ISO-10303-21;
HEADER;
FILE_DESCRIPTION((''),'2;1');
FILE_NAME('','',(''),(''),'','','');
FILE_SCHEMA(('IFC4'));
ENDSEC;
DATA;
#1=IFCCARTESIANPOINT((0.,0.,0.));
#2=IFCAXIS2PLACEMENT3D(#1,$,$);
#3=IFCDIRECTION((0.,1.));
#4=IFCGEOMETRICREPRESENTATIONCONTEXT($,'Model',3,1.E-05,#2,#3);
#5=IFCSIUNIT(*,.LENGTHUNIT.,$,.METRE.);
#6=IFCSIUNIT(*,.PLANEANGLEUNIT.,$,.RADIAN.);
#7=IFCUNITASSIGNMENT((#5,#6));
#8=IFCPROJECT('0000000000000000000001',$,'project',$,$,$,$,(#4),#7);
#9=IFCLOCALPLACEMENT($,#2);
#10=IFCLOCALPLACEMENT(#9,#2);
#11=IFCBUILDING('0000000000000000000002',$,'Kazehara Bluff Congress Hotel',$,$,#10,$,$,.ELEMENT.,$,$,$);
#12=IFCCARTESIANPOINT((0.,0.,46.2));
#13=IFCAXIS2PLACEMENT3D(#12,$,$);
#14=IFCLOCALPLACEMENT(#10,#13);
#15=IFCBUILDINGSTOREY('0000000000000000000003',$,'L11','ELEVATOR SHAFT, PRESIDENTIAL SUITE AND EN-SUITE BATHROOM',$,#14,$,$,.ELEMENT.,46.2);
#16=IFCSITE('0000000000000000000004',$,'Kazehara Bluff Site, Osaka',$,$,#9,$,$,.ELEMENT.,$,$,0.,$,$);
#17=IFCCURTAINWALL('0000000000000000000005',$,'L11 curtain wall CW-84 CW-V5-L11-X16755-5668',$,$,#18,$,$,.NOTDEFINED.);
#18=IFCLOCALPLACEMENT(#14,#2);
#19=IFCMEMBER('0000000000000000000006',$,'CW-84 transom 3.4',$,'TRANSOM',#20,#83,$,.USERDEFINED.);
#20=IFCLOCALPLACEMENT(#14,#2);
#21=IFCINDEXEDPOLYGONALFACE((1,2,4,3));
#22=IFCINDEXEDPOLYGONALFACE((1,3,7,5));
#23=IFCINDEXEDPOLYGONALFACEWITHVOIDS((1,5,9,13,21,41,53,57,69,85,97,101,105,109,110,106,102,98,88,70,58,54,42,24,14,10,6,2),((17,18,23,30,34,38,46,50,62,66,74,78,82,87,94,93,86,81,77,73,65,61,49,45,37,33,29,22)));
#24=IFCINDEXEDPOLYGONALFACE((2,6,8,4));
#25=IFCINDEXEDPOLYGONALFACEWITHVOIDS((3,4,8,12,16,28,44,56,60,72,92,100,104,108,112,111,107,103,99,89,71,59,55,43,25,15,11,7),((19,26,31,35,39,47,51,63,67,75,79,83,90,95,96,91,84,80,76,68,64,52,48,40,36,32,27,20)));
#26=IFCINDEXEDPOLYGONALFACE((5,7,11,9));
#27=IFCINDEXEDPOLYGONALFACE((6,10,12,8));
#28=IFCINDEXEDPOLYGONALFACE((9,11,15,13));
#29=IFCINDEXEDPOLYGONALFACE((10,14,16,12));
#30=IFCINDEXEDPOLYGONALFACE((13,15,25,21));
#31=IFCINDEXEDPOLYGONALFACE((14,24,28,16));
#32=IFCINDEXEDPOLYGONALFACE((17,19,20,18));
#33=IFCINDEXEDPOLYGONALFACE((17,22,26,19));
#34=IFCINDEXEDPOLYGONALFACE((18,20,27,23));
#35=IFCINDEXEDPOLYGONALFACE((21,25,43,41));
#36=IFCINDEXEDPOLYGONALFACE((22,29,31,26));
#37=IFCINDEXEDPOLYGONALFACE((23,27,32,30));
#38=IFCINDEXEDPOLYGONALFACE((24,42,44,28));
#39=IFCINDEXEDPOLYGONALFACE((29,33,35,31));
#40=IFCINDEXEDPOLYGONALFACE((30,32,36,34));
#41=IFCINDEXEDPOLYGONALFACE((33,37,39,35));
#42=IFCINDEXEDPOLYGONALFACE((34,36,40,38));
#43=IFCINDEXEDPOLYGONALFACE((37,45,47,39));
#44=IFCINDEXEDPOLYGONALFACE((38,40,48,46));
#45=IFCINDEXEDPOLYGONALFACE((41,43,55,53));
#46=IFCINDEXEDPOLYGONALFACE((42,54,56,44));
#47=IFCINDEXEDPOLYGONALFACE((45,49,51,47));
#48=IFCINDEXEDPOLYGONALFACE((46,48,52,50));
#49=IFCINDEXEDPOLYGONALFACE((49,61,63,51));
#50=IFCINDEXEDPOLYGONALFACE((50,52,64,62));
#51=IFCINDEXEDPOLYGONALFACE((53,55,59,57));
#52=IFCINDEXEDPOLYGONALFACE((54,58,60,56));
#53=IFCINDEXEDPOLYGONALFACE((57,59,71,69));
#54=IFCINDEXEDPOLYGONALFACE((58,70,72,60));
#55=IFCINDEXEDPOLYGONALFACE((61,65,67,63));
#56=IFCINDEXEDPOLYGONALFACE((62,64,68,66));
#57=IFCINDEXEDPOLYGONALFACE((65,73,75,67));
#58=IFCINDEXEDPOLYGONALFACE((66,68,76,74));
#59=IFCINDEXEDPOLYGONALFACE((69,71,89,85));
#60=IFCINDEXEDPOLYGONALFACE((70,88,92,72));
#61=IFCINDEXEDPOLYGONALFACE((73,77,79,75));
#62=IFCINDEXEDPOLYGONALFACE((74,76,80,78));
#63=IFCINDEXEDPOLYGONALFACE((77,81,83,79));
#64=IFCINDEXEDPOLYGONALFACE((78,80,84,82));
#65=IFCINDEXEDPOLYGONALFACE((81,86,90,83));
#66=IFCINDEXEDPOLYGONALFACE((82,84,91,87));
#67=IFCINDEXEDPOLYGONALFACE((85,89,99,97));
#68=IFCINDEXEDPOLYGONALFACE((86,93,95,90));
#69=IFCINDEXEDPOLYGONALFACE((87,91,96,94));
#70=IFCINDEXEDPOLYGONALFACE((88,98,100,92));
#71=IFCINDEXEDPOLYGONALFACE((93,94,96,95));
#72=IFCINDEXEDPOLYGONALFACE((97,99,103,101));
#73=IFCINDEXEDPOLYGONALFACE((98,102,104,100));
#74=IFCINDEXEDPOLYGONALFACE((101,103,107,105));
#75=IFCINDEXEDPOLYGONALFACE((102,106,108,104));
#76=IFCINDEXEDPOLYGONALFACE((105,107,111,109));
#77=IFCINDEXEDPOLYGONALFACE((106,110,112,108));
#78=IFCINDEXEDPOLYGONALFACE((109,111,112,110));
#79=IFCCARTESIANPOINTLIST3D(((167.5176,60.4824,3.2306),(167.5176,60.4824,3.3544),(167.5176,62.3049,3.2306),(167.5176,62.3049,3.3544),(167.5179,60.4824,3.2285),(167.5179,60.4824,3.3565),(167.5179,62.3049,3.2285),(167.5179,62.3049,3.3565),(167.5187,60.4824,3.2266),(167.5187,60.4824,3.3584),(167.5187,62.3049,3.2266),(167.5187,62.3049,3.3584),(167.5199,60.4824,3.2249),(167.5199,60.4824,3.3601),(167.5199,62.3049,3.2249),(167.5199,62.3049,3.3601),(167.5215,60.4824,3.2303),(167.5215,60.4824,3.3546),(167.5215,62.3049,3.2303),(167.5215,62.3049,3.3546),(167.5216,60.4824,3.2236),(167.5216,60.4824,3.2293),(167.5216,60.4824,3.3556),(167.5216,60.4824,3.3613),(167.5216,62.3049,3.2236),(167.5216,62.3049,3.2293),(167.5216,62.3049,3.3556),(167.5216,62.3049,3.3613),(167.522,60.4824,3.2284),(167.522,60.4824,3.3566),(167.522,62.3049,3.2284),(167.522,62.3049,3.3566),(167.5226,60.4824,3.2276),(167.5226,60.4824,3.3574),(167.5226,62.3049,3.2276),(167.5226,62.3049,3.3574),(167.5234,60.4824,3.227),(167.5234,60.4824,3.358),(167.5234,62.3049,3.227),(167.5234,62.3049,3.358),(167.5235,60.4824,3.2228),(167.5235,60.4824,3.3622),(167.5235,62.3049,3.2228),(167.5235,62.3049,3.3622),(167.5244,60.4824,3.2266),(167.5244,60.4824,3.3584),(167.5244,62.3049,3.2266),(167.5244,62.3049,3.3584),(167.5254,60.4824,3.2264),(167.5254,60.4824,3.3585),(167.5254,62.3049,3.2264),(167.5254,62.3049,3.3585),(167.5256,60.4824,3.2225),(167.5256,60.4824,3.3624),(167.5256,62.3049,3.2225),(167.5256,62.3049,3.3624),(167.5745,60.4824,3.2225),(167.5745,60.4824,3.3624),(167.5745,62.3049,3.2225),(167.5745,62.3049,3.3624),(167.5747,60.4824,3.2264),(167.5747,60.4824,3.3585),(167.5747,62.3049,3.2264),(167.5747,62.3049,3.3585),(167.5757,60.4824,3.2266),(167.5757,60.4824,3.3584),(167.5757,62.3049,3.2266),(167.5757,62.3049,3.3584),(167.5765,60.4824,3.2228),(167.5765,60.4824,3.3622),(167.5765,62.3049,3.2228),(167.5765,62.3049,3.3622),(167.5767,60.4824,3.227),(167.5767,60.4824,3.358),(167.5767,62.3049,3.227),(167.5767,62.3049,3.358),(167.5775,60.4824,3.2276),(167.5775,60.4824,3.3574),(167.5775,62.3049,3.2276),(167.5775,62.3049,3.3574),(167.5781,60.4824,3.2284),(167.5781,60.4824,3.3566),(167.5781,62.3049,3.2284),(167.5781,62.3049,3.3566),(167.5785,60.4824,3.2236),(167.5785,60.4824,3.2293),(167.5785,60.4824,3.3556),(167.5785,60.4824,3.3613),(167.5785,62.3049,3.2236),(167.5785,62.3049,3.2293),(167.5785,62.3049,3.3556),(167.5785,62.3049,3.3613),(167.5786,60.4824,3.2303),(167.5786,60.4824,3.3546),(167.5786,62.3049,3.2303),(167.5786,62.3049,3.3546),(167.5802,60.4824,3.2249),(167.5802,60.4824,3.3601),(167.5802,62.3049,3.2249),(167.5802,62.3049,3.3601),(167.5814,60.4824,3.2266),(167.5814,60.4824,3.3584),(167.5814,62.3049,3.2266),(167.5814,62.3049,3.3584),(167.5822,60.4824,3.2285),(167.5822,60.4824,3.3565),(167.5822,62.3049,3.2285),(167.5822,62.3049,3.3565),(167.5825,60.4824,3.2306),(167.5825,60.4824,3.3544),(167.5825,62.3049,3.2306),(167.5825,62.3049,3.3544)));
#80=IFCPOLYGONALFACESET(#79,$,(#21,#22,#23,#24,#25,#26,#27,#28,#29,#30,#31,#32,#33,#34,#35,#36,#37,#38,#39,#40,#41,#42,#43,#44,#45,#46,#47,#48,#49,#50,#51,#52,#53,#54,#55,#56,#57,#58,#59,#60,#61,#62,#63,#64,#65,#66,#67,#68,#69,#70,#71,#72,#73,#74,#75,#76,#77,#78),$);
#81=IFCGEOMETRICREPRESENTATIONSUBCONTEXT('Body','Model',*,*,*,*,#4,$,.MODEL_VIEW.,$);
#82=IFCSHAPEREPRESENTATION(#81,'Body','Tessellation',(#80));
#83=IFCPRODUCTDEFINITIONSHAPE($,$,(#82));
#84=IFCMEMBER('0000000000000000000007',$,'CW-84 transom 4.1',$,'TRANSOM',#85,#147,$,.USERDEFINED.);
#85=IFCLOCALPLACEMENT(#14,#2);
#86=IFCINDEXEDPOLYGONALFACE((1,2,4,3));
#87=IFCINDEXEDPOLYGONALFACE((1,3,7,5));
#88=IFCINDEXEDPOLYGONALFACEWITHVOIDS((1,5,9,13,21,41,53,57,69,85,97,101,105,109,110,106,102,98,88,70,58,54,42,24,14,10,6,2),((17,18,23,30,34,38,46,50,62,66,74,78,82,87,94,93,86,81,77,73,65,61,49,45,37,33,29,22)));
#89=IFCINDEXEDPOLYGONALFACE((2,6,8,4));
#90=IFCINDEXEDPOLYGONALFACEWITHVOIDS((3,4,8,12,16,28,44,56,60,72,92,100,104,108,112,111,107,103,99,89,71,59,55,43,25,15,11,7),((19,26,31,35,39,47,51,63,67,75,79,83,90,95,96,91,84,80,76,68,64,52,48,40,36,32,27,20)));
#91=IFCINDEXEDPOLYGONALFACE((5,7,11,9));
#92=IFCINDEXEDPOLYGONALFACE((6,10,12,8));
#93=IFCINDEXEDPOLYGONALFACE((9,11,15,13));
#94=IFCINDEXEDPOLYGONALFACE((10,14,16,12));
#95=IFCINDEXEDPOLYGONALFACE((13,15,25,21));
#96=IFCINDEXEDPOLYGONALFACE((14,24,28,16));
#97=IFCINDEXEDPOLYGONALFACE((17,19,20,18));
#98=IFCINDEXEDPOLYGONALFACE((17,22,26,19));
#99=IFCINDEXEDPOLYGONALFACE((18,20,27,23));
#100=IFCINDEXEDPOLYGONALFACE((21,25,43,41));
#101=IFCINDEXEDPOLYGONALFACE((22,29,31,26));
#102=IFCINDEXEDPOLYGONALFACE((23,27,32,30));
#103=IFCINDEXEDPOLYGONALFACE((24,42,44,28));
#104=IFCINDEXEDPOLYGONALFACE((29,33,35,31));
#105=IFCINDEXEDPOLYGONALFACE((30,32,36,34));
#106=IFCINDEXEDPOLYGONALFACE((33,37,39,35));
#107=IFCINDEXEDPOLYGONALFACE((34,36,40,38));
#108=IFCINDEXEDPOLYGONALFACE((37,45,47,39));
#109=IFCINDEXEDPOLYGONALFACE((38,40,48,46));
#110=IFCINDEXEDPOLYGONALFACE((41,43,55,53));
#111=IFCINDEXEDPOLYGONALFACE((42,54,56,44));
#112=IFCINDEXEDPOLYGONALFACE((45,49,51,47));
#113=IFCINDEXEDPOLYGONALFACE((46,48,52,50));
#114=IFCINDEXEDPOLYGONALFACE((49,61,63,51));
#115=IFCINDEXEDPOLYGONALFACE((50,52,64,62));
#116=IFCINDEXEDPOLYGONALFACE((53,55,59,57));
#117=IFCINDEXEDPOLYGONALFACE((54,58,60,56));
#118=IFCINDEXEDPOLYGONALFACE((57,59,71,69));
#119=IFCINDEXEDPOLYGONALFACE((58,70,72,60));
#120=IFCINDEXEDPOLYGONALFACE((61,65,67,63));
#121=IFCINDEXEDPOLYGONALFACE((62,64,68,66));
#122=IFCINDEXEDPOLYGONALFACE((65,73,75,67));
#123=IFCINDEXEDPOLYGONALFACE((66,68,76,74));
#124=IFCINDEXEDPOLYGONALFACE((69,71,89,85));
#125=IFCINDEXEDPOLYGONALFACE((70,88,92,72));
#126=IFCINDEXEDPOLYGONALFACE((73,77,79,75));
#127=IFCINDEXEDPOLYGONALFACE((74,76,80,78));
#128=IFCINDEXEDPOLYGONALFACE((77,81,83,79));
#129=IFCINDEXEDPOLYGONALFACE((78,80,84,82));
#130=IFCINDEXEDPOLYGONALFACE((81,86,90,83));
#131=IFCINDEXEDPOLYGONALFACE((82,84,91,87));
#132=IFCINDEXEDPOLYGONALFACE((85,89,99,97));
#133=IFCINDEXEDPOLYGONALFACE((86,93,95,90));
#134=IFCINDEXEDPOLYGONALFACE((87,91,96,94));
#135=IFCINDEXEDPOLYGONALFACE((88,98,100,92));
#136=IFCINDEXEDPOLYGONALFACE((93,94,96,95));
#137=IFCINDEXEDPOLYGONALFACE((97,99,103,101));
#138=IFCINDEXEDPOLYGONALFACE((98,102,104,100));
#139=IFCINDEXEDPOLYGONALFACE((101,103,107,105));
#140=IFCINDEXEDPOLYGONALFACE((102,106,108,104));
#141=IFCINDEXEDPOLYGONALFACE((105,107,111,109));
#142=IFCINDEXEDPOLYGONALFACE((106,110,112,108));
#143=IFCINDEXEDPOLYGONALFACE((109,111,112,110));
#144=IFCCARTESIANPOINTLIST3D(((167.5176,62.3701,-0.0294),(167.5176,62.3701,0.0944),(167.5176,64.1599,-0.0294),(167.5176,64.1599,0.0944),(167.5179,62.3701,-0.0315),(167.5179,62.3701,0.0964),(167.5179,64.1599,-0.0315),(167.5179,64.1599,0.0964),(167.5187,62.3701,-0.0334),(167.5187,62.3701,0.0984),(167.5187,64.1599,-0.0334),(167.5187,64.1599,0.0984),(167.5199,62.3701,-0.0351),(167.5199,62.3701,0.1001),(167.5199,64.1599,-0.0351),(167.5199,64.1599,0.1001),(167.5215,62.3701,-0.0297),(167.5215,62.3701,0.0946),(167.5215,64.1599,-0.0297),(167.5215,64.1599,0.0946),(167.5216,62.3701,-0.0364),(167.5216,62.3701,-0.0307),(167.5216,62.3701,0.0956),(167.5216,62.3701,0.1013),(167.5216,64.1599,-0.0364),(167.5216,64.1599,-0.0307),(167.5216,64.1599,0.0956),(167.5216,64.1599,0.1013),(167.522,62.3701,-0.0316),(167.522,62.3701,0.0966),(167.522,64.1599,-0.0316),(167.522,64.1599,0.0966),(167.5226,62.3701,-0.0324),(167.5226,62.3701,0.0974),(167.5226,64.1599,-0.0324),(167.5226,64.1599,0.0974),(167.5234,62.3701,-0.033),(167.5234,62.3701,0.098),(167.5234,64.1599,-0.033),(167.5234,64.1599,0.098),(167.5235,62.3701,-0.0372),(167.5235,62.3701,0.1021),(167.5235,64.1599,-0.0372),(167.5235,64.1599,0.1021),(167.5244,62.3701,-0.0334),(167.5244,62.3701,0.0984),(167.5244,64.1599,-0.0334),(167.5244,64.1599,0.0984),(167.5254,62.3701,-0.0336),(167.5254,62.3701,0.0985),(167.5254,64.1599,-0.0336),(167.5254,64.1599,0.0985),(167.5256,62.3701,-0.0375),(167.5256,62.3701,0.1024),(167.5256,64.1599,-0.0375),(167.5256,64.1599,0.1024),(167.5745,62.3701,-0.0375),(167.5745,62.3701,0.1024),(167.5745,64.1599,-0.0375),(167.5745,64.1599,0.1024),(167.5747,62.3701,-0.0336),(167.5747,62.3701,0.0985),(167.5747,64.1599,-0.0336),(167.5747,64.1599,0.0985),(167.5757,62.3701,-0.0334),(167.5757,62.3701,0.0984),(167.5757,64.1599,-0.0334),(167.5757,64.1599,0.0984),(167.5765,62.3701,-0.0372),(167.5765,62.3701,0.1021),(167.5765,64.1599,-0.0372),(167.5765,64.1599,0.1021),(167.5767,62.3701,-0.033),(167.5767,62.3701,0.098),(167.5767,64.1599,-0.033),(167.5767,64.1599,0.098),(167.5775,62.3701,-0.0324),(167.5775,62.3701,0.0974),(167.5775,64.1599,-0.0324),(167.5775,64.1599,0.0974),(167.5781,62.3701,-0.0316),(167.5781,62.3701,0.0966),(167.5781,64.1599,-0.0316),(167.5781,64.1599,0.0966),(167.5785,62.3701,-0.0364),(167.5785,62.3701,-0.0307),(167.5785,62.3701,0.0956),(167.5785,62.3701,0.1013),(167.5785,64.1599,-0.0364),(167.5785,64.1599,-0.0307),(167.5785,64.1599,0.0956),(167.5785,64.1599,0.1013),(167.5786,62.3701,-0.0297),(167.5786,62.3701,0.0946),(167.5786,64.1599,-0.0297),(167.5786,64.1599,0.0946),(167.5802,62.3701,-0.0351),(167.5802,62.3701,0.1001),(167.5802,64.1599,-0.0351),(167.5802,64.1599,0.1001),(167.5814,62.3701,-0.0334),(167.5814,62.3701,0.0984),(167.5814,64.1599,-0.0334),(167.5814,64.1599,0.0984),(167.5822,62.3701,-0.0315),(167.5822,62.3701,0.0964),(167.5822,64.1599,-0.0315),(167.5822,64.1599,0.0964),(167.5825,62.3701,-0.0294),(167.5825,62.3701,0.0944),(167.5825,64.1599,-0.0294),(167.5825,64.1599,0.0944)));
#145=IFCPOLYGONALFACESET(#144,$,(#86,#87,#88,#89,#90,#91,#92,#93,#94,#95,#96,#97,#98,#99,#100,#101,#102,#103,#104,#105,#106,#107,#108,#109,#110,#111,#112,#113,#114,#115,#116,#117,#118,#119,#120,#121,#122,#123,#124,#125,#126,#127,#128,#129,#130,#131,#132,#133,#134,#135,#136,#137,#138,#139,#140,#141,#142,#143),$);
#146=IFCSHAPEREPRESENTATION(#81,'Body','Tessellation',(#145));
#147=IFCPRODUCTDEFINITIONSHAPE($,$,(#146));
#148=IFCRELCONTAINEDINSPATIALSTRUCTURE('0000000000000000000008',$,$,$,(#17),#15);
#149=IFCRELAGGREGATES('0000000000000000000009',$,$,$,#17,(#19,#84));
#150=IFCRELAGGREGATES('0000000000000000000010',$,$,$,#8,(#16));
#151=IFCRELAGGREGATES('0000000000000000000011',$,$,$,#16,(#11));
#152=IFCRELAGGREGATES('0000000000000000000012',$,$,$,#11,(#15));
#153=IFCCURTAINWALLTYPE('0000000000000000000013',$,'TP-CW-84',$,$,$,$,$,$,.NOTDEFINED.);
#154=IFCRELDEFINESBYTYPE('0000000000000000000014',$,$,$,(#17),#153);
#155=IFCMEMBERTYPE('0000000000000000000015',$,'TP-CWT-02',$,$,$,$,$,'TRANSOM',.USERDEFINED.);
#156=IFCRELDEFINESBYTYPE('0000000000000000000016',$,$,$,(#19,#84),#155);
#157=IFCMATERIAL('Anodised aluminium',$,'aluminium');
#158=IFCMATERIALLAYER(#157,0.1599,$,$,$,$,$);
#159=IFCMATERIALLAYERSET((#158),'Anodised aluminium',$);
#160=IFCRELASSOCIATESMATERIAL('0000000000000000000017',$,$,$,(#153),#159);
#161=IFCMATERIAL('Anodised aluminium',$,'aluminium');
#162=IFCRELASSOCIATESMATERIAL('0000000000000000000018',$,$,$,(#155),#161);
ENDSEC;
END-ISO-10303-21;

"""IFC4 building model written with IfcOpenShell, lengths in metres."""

from ifc_helpers import new_model, si_unit, direction, frame, origin, origin_2d, place, context, subcontext, project, spatial, hollow_rectangle, extrude, material, layer, layer_set, material_profile, profile_set, type_object, element, aggregate, save


model = new_model("IFC4")

# Units and contexts
model_context = context("Model", 3, precision=1e-05, world=origin(), true_north=direction((0.0, 1.0)))
body_context = subcontext(model_context, "Body", "Model", "MODEL_VIEW")
ifc_project = project(units=[si_unit("LENGTHUNIT", "METRE"), si_unit("PLANEANGLEUNIT", "RADIAN")], contexts=[model_context])

# Site, building, storey
site_placement = place(None, origin())
site = spatial("IfcSite", under=ifc_project, at=site_placement, Name="Kazehara Bluff Site, Osaka", CompositionType="ELEMENT", RefElevation=0.0)
building_placement = place(site_placement, origin())
building = spatial("IfcBuilding", under=site, at=building_placement, Name="Kazehara Bluff Congress Hotel", CompositionType="ELEMENT")
storey_placement = place(building_placement, frame((0.0, 0.0, 46.2)))
storey = spatial("IfcBuildingStorey", under=building, at=storey_placement, Name="L11", Description="ELEVATOR SHAFT, PRESIDENTIAL SUITE AND EN-SUITE BATHROOM", CompositionType="ELEMENT", Elevation=46.2)

# Curtain wall, members
ifc_material_1 = material(Name="Anodised aluminium", Category="aluminium")
ifc_layer_1 = layer(ifc_material_1, 0.1599)
ifc_layer_set_1 = layer_set([ifc_layer_1], Name="Anodised aluminium")
curtain_wall_type_1 = type_object("IfcCurtainWallType", Name="TP-CW-84", PredefinedType="NOTDEFINED", material=ifc_layer_set_1)
curtain_wall_1_placement = place(storey_placement, origin())
curtain_wall_1 = element("IfcCurtainWall", 1, at=curtain_wall_1_placement, inside=storey, type_object=curtain_wall_type_1, Name="L11 curtain wall CW-84 CW-V5-L11-X16755-5668", PredefinedType="NOTDEFINED")
ifc_material_2 = material(Name="Anodised aluminium", Category="aluminium")
ifc_material_profile_1 = material_profile(ifc_material_2, hollow_rectangle(XDim=0.0649, YDim=0.1399, WallThickness=0.0039, InnerFilletRadius=0.0039, OuterFilletRadius=0.0081, at=origin_2d()))
ifc_profile_set_1 = profile_set([ifc_material_profile_1], Name="Anodised aluminium")
member_type_1 = type_object("IfcMemberType", Name="TP-CWT-02", ElementType="TRANSOM", PredefinedType="USERDEFINED", material=ifc_profile_set_1)
member_1_placement = place(storey_placement, frame((167.55, 60.4824, 3.2925), z_axis=(0.0, 1.0, 0.0), x_axis=(-1.0, 0.0, 0.0)))
member_1 = element("IfcMember", 2, at=member_1_placement, type_object=member_type_1, Name="CW-84 transom 3.4", ObjectType="TRANSOM", PredefinedType="USERDEFINED", context=body_context, shape_type="SweptSolid", body=[
    extrude(hollow_rectangle(XDim=0.0649, YDim=0.1399, WallThickness=0.0039, InnerFilletRadius=0.0039, OuterFilletRadius=0.0081, at=origin_2d()), origin(), (0.0, 0.0, 1.0), 1.8225),
])
member_2_placement = place(storey_placement, frame((167.55, 62.3701, 0.0325), z_axis=(0.0, 1.0, 0.0), x_axis=(-1.0, 0.0, 0.0)))
member_2 = element("IfcMember", 3, at=member_2_placement, type_object=member_type_1, Name="CW-84 transom 4.1", ObjectType="TRANSOM", PredefinedType="USERDEFINED", context=body_context, shape_type="SweptSolid", body=[
    extrude(hollow_rectangle(XDim=0.0649, YDim=0.1399, WallThickness=0.0039, InnerFilletRadius=0.0039, OuterFilletRadius=0.0081, at=origin_2d()), origin(), (0.0, 0.0, 1.0), 1.7898),
])

aggregate(curtain_wall_1, [member_1, member_2])

save(model, "model.ifc")
